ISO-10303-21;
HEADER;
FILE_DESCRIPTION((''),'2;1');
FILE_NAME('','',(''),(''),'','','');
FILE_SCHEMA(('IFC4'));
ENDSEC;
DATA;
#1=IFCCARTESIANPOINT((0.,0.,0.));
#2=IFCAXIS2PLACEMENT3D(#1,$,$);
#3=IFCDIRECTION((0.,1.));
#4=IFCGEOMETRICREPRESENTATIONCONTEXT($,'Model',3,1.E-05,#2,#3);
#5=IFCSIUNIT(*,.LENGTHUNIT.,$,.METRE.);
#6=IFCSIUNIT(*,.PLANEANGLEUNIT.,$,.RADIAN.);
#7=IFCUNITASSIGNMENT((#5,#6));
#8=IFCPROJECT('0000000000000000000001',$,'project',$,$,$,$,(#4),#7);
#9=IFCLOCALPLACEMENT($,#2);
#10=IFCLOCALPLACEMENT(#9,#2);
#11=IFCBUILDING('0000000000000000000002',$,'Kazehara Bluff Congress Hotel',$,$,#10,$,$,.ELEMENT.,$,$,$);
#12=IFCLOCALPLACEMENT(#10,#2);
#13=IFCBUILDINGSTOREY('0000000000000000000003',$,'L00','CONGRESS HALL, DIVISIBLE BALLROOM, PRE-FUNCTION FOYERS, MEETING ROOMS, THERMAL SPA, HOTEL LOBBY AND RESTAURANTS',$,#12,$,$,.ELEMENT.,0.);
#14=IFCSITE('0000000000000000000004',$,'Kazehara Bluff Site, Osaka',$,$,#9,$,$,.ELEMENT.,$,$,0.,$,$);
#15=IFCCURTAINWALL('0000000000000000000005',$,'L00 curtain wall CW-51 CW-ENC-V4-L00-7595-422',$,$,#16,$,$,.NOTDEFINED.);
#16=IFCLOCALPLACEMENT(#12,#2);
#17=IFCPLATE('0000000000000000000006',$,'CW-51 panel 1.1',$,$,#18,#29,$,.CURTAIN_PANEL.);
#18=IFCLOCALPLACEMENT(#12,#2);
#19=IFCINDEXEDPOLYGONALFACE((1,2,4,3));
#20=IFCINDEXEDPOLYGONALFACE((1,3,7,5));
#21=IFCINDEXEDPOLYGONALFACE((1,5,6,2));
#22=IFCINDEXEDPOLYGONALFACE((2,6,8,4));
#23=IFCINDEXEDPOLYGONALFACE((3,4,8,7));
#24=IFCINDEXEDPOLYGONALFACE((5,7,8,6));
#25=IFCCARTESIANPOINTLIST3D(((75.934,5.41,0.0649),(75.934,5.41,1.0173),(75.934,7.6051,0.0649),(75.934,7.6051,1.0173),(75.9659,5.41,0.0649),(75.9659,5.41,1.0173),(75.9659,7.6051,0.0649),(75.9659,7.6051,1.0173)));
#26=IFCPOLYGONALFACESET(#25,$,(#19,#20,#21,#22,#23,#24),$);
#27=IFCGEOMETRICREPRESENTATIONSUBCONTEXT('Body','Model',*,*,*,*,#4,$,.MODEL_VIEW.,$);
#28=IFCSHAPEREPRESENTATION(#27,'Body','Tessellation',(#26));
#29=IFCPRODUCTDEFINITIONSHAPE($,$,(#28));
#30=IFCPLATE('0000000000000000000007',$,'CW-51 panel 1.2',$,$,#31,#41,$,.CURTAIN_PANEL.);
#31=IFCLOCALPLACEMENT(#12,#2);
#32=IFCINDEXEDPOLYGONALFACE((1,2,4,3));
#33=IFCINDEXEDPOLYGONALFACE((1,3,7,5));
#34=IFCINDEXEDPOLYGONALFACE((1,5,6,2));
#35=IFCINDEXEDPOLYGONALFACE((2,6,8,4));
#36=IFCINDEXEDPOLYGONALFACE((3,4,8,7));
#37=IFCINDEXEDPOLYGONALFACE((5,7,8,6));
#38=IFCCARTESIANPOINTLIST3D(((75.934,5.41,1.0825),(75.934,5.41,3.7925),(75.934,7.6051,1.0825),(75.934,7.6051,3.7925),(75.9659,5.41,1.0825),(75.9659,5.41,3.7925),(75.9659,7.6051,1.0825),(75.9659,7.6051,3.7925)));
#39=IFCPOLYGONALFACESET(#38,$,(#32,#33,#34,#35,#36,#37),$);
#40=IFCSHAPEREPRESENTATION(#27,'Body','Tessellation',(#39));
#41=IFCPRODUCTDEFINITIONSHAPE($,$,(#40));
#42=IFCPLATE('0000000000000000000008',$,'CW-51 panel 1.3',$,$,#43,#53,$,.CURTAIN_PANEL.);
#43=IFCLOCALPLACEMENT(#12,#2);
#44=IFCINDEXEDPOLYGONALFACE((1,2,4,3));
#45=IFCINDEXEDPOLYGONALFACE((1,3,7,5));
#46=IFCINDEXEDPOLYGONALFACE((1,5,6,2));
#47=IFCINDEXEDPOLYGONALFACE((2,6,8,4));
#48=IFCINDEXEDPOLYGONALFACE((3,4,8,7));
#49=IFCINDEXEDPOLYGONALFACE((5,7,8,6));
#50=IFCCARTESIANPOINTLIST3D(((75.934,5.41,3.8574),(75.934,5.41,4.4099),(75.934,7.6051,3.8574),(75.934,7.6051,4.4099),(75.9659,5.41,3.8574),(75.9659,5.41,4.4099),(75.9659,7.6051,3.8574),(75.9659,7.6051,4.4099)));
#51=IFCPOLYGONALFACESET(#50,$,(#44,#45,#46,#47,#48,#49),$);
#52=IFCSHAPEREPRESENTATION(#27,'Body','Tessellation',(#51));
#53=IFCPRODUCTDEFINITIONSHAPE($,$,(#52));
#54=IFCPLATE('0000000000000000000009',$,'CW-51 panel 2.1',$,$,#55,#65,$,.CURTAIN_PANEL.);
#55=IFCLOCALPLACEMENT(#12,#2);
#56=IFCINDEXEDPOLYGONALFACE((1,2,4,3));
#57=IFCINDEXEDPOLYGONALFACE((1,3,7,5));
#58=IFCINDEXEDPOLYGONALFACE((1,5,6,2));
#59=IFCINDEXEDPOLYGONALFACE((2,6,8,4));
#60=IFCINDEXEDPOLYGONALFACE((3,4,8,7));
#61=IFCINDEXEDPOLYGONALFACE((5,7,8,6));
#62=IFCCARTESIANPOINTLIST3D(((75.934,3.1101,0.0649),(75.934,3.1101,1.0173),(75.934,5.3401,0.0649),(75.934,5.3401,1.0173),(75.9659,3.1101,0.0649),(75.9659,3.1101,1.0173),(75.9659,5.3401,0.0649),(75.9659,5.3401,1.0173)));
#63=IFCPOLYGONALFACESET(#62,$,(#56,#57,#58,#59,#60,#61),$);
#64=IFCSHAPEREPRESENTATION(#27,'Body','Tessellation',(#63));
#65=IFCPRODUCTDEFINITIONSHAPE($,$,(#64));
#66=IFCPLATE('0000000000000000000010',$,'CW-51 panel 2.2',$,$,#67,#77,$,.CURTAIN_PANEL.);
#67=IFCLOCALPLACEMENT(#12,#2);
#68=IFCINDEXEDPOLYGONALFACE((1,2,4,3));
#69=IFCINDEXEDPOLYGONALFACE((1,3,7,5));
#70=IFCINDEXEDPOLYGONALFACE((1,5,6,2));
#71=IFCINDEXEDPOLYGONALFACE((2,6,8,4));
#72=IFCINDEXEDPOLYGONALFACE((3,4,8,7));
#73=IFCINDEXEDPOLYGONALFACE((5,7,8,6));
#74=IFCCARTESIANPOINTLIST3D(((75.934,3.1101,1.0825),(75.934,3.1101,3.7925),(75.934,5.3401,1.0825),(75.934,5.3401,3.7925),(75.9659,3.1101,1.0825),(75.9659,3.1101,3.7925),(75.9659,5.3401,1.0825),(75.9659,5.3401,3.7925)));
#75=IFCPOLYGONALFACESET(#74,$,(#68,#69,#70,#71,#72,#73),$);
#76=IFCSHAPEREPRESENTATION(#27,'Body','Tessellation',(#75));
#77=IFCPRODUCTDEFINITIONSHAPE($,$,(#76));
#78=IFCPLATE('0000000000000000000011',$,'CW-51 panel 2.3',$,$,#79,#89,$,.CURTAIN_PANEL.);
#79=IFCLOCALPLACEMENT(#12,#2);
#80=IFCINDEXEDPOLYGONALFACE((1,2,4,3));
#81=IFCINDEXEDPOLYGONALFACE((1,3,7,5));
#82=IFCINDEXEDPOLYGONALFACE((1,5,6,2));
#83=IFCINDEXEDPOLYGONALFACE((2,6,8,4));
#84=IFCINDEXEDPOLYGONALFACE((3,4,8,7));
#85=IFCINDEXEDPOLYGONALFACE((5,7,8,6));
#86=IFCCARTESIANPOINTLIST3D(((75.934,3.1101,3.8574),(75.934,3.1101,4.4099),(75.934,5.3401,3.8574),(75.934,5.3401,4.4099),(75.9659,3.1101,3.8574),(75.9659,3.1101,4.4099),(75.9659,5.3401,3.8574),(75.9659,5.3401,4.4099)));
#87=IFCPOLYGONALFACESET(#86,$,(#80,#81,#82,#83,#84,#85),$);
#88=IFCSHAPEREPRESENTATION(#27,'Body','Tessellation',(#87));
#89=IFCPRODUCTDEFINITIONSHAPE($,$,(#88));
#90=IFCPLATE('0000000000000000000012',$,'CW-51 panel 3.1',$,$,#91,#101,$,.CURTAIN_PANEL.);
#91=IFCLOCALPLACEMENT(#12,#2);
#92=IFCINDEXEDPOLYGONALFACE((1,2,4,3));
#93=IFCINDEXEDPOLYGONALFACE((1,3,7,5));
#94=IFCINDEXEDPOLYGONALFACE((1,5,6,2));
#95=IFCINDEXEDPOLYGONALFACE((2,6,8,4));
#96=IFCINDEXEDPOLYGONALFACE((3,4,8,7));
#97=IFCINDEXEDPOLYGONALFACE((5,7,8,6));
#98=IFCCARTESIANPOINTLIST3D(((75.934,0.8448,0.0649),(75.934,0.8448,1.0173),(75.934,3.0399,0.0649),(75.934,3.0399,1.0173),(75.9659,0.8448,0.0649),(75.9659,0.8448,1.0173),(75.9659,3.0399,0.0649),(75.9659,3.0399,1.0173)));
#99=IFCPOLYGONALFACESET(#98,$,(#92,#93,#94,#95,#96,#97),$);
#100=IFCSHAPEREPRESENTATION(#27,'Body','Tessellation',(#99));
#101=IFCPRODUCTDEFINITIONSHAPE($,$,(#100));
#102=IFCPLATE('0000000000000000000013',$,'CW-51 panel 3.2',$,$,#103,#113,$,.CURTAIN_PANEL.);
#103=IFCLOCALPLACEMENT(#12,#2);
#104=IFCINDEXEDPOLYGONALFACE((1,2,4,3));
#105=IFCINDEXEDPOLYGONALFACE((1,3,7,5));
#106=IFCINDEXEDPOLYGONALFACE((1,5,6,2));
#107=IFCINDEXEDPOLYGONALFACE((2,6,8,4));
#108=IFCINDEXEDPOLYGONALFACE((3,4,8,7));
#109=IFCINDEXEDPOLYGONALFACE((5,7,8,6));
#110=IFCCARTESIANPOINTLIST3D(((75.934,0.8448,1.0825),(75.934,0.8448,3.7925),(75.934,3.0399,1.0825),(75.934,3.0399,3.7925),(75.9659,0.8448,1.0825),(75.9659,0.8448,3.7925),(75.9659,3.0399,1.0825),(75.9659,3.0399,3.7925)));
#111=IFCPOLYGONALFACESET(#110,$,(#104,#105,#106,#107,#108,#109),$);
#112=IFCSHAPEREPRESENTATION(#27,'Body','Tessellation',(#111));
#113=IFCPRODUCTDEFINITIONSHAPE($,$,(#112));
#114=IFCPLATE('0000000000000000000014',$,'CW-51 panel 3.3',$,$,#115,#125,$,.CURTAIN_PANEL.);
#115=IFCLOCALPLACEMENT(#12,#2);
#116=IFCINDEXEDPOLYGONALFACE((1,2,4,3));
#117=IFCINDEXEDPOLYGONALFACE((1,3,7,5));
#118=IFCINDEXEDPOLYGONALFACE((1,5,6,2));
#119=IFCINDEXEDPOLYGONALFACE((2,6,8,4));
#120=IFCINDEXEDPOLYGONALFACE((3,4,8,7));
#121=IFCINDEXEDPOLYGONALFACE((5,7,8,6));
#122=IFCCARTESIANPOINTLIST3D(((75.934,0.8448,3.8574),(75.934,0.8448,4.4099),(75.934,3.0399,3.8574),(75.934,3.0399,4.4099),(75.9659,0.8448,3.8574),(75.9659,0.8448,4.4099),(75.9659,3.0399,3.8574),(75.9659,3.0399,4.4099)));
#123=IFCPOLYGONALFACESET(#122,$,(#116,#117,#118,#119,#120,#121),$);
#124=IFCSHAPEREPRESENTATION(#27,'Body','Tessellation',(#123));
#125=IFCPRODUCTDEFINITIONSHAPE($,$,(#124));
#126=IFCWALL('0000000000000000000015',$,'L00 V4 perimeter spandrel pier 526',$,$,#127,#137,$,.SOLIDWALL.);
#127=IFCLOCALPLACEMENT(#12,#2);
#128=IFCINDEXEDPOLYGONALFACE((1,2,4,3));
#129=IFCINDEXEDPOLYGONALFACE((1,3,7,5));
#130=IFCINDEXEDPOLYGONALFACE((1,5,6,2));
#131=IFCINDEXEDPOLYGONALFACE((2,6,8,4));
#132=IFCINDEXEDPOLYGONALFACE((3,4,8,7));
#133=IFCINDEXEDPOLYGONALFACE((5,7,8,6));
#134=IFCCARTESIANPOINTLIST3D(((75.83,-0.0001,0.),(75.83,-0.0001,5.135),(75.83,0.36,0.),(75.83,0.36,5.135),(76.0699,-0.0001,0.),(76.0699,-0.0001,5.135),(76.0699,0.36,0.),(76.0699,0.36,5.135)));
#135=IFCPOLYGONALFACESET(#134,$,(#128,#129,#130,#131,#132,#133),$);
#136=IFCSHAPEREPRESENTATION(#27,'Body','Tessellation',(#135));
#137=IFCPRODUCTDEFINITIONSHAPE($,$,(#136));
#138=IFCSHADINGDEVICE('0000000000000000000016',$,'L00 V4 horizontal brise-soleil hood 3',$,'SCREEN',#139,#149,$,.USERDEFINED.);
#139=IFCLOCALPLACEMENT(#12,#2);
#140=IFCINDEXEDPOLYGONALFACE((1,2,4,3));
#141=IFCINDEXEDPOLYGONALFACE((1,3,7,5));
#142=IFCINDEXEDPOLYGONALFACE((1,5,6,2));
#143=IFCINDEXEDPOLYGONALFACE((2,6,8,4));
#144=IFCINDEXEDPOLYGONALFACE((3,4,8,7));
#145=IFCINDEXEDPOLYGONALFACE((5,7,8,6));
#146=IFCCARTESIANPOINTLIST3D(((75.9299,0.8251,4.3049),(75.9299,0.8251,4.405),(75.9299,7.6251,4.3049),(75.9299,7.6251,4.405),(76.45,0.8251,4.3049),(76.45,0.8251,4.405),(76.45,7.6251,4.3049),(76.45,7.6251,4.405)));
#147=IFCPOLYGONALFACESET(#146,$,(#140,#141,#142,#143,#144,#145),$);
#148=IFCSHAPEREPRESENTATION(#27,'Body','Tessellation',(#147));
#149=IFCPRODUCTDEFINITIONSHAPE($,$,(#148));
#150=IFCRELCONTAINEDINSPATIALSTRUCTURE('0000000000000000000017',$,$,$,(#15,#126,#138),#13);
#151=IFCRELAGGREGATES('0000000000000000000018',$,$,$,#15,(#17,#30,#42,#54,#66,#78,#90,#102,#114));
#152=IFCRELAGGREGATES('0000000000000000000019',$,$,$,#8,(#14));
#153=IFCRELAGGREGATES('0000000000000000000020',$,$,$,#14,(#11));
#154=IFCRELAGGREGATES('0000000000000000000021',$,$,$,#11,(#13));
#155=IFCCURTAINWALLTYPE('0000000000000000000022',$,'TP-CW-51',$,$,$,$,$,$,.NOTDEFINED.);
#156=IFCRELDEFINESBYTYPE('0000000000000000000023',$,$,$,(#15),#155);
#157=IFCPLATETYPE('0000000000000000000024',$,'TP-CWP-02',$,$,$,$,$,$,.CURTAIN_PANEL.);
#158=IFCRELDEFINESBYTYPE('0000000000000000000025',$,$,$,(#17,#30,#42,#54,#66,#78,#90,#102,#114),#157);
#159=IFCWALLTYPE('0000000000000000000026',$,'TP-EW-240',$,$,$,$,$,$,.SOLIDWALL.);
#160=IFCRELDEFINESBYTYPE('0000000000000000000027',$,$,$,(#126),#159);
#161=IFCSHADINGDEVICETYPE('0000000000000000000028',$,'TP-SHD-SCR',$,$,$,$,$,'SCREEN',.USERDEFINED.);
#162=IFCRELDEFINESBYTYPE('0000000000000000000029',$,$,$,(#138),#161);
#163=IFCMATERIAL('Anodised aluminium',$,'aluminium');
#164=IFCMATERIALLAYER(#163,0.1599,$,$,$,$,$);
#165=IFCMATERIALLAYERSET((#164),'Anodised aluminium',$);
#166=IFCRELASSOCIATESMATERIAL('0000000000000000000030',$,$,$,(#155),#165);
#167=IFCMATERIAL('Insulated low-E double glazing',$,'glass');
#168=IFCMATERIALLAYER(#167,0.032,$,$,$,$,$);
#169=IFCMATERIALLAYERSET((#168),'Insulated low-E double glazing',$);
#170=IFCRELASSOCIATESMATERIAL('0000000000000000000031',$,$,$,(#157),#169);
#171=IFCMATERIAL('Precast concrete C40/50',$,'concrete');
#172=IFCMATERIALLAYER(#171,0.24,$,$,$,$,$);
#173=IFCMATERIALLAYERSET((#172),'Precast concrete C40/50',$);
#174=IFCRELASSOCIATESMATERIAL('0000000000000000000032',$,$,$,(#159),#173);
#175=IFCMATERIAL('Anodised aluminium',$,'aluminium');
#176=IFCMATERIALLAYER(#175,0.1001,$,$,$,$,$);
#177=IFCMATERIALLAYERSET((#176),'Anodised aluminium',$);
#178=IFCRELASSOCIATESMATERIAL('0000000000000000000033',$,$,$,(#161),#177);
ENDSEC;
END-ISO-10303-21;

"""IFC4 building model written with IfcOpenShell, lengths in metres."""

from ifc_helpers import new_model, si_unit, direction, frame, frame_2d, origin, origin_2d, place, context, subcontext, project, spatial, rectangle, extrude, material, layer, layer_set, type_object, element, aggregate, save


model = new_model("IFC4")

# Units and contexts
model_context = context("Model", 3, precision=1e-05, world=origin(), true_north=direction((0.0, 1.0)))
body_context = subcontext(model_context, "Body", "Model", "MODEL_VIEW")
ifc_project = project(units=[si_unit("LENGTHUNIT", "METRE"), si_unit("PLANEANGLEUNIT", "RADIAN")], contexts=[model_context])

# Site, building, storey
site_placement = place(None, origin())
site = spatial("IfcSite", under=ifc_project, at=site_placement, Name="Kazehara Bluff Site, Osaka", CompositionType="ELEMENT", RefElevation=0.0)
building_placement = place(site_placement, origin())
building = spatial("IfcBuilding", under=site, at=building_placement, Name="Kazehara Bluff Congress Hotel", CompositionType="ELEMENT")
storey_placement = place(building_placement, origin())
storey = spatial("IfcBuildingStorey", under=building, at=storey_placement, Name="L00", Description="CONGRESS HALL, DIVISIBLE BALLROOM, PRE-FUNCTION FOYERS, MEETING ROOMS, THERMAL SPA, HOTEL LOBBY AND RESTAURANTS", CompositionType="ELEMENT", Elevation=0.0)

# Curtain wall
ifc_material_1 = material(Name="Anodised aluminium", Category="aluminium")
ifc_layer_1 = layer(ifc_material_1, 0.1599)
ifc_layer_set_1 = layer_set([ifc_layer_1], Name="Anodised aluminium")
curtain_wall_type_1 = type_object("IfcCurtainWallType", Name="TP-CW-51", PredefinedType="NOTDEFINED", material=ifc_layer_set_1)
curtain_wall_1_placement = place(storey_placement, origin())
curtain_wall_1 = element("IfcCurtainWall", 1, at=curtain_wall_1_placement, inside=storey, type_object=curtain_wall_type_1, Name="L00 curtain wall CW-51 CW-ENC-V4-L00-7595-422", PredefinedType="NOTDEFINED")

# Plates
ifc_material_2 = material(Name="Insulated low-E double glazing", Category="glass")
ifc_layer_2 = layer(ifc_material_2, 0.032)
ifc_layer_set_2 = layer_set([ifc_layer_2], Name="Insulated low-E double glazing")
plate_type = type_object("IfcPlateType", Name="TP-CWP-02", PredefinedType="CURTAIN_PANEL", material=ifc_layer_set_2)
plate_1_placement = place(storey_placement, frame((75.95, 6.5076, 0.0649), z_axis=(0.0, 0.0, 1.0), x_axis=(0.0, -1.0, 0.0)))
plate_1 = element("IfcPlate", 2, at=plate_1_placement, type_object=plate_type, Name="CW-51 panel 1.1", PredefinedType="CURTAIN_PANEL", context=body_context, shape_type="SweptSolid", body=[
    extrude(rectangle(XDim=2.1951, YDim=0.032, at=origin_2d()), origin(), (0.0, 0.0, 1.0), 0.9524),
])
plate_2_placement = place(storey_placement, frame((75.95, 6.5076, 1.0825), z_axis=(0.0, 0.0, 1.0), x_axis=(0.0, -1.0, 0.0)))
plate_2 = element("IfcPlate", 3, at=plate_2_placement, type_object=plate_type, Name="CW-51 panel 1.2", PredefinedType="CURTAIN_PANEL", context=body_context, shape_type="SweptSolid", body=[
    extrude(rectangle(XDim=2.1951, YDim=0.032, at=origin_2d()), origin(), (0.0, 0.0, 1.0), 2.71),
])
plate_3_placement = place(storey_placement, frame((75.95, 6.5076, 3.8574), z_axis=(0.0, 0.0, 1.0), x_axis=(0.0, -1.0, 0.0)))
plate_3 = element("IfcPlate", 4, at=plate_3_placement, type_object=plate_type, Name="CW-51 panel 1.3", PredefinedType="CURTAIN_PANEL", context=body_context, shape_type="SweptSolid", body=[
    extrude(rectangle(XDim=2.1951, YDim=0.032, at=origin_2d()), origin(), (0.0, 0.0, 1.0), 0.5525),
])
plate_4_placement = place(storey_placement, frame((75.95, 4.2251, 0.0649), z_axis=(0.0, 0.0, 1.0), x_axis=(0.0, -1.0, 0.0)))
plate_4 = element("IfcPlate", 5, at=plate_4_placement, type_object=plate_type, Name="CW-51 panel 2.1", PredefinedType="CURTAIN_PANEL", context=body_context, shape_type="SweptSolid", body=[
    extrude(rectangle(XDim=2.23, YDim=0.032, at=origin_2d()), origin(), (0.0, 0.0, 1.0), 0.9524),
])
plate_5_placement = place(storey_placement, frame((75.95, 4.2251, 1.0825), z_axis=(0.0, 0.0, 1.0), x_axis=(0.0, -1.0, 0.0)))
plate_5 = element("IfcPlate", 6, at=plate_5_placement, type_object=plate_type, Name="CW-51 panel 2.2", PredefinedType="CURTAIN_PANEL", context=body_context, shape_type="SweptSolid", body=[
    extrude(rectangle(XDim=2.23, YDim=0.032, at=origin_2d()), origin(), (0.0, 0.0, 1.0), 2.71),
])
plate_6_placement = place(storey_placement, frame((75.95, 4.2251, 3.8574), z_axis=(0.0, 0.0, 1.0), x_axis=(0.0, -1.0, 0.0)))
plate_6 = element("IfcPlate", 7, at=plate_6_placement, type_object=plate_type, Name="CW-51 panel 2.3", PredefinedType="CURTAIN_PANEL", context=body_context, shape_type="SweptSolid", body=[
    extrude(rectangle(XDim=2.23, YDim=0.032, at=origin_2d()), origin(), (0.0, 0.0, 1.0), 0.5525),
])
plate_7_placement = place(storey_placement, frame((75.95, 1.9424, 0.0649), z_axis=(0.0, 0.0, 1.0), x_axis=(0.0, -1.0, 0.0)))
plate_7 = element("IfcPlate", 8, at=plate_7_placement, type_object=plate_type, Name="CW-51 panel 3.1", PredefinedType="CURTAIN_PANEL", context=body_context, shape_type="SweptSolid", body=[
    extrude(rectangle(XDim=2.1951, YDim=0.032, at=origin_2d()), origin(), (0.0, 0.0, 1.0), 0.9524),
])
plate_8_placement = place(storey_placement, frame((75.95, 1.9424, 1.0825), z_axis=(0.0, 0.0, 1.0), x_axis=(0.0, -1.0, 0.0)))
plate_8 = element("IfcPlate", 9, at=plate_8_placement, type_object=plate_type, Name="CW-51 panel 3.2", PredefinedType="CURTAIN_PANEL", context=body_context, shape_type="SweptSolid", body=[
    extrude(rectangle(XDim=2.1951, YDim=0.032, at=origin_2d()), origin(), (0.0, 0.0, 1.0), 2.71),
])
plate_9_placement = place(storey_placement, frame((75.95, 1.9424, 3.8574), z_axis=(0.0, 0.0, 1.0), x_axis=(0.0, -1.0, 0.0)))
plate_9 = element("IfcPlate", 10, at=plate_9_placement, type_object=plate_type, Name="CW-51 panel 3.3", PredefinedType="CURTAIN_PANEL", context=body_context, shape_type="SweptSolid", body=[
    extrude(rectangle(XDim=2.1951, YDim=0.032, at=origin_2d()), origin(), (0.0, 0.0, 1.0), 0.5525),
])
aggregate(curtain_wall_1, [plate_1, plate_2, plate_3, plate_4, plate_5, plate_6, plate_7, plate_8, plate_9])

# Wall
ifc_material_3 = material(Name="Precast concrete C40/50", Category="concrete")
ifc_layer_3 = layer(ifc_material_3, 0.24)
ifc_layer_set_3 = layer_set([ifc_layer_3], Name="Precast concrete C40/50")
wall_type = type_object("IfcWallType", Name="TP-EW-240", PredefinedType="SOLIDWALL", material=ifc_layer_set_3)
wall_placement = place(storey_placement, frame((75.95, 0.3601, 0.0), z_axis=(0.0, 0.0, 1.0), x_axis=(0.0, -1.0, 0.0)))
element("IfcWall", 11, at=wall_placement, inside=storey, type_object=wall_type, Name="L00 V4 perimeter spandrel pier 526", PredefinedType="SOLIDWALL", context=body_context, shape_type="SweptSolid", body=[
    extrude(rectangle(XDim=0.3601, YDim=0.24, at=frame_2d((0.1802, 0.0))), origin(), (0.0, 0.0, 1.0), 5.135),
])

# Shading device
ifc_material_4 = material(Name="Anodised aluminium", Category="aluminium")
ifc_layer_4 = layer(ifc_material_4, 0.1001)
ifc_layer_set_4 = layer_set([ifc_layer_4], Name="Anodised aluminium")
shading_device_type = type_object("IfcShadingDeviceType", Name="TP-SHD-SCR", ElementType="SCREEN", PredefinedType="USERDEFINED", material=ifc_layer_set_4)
shading_device_placement = place(storey_placement, frame((76.1899, 4.2251, 4.3049), z_axis=(0.0, 0.0, 1.0), x_axis=(1.0, 0.0, 0.0)))
element("IfcShadingDevice", 12, at=shading_device_placement, inside=storey, type_object=shading_device_type, Name="L00 V4 horizontal brise-soleil hood 3", ObjectType="SCREEN", PredefinedType="USERDEFINED", context=body_context, shape_type="SweptSolid", body=[
    extrude(rectangle(XDim=0.52, YDim=6.8, at=origin_2d()), origin(), (0.0, 0.0, 1.0), 0.1001),
])

save(model, "model.ifc")
